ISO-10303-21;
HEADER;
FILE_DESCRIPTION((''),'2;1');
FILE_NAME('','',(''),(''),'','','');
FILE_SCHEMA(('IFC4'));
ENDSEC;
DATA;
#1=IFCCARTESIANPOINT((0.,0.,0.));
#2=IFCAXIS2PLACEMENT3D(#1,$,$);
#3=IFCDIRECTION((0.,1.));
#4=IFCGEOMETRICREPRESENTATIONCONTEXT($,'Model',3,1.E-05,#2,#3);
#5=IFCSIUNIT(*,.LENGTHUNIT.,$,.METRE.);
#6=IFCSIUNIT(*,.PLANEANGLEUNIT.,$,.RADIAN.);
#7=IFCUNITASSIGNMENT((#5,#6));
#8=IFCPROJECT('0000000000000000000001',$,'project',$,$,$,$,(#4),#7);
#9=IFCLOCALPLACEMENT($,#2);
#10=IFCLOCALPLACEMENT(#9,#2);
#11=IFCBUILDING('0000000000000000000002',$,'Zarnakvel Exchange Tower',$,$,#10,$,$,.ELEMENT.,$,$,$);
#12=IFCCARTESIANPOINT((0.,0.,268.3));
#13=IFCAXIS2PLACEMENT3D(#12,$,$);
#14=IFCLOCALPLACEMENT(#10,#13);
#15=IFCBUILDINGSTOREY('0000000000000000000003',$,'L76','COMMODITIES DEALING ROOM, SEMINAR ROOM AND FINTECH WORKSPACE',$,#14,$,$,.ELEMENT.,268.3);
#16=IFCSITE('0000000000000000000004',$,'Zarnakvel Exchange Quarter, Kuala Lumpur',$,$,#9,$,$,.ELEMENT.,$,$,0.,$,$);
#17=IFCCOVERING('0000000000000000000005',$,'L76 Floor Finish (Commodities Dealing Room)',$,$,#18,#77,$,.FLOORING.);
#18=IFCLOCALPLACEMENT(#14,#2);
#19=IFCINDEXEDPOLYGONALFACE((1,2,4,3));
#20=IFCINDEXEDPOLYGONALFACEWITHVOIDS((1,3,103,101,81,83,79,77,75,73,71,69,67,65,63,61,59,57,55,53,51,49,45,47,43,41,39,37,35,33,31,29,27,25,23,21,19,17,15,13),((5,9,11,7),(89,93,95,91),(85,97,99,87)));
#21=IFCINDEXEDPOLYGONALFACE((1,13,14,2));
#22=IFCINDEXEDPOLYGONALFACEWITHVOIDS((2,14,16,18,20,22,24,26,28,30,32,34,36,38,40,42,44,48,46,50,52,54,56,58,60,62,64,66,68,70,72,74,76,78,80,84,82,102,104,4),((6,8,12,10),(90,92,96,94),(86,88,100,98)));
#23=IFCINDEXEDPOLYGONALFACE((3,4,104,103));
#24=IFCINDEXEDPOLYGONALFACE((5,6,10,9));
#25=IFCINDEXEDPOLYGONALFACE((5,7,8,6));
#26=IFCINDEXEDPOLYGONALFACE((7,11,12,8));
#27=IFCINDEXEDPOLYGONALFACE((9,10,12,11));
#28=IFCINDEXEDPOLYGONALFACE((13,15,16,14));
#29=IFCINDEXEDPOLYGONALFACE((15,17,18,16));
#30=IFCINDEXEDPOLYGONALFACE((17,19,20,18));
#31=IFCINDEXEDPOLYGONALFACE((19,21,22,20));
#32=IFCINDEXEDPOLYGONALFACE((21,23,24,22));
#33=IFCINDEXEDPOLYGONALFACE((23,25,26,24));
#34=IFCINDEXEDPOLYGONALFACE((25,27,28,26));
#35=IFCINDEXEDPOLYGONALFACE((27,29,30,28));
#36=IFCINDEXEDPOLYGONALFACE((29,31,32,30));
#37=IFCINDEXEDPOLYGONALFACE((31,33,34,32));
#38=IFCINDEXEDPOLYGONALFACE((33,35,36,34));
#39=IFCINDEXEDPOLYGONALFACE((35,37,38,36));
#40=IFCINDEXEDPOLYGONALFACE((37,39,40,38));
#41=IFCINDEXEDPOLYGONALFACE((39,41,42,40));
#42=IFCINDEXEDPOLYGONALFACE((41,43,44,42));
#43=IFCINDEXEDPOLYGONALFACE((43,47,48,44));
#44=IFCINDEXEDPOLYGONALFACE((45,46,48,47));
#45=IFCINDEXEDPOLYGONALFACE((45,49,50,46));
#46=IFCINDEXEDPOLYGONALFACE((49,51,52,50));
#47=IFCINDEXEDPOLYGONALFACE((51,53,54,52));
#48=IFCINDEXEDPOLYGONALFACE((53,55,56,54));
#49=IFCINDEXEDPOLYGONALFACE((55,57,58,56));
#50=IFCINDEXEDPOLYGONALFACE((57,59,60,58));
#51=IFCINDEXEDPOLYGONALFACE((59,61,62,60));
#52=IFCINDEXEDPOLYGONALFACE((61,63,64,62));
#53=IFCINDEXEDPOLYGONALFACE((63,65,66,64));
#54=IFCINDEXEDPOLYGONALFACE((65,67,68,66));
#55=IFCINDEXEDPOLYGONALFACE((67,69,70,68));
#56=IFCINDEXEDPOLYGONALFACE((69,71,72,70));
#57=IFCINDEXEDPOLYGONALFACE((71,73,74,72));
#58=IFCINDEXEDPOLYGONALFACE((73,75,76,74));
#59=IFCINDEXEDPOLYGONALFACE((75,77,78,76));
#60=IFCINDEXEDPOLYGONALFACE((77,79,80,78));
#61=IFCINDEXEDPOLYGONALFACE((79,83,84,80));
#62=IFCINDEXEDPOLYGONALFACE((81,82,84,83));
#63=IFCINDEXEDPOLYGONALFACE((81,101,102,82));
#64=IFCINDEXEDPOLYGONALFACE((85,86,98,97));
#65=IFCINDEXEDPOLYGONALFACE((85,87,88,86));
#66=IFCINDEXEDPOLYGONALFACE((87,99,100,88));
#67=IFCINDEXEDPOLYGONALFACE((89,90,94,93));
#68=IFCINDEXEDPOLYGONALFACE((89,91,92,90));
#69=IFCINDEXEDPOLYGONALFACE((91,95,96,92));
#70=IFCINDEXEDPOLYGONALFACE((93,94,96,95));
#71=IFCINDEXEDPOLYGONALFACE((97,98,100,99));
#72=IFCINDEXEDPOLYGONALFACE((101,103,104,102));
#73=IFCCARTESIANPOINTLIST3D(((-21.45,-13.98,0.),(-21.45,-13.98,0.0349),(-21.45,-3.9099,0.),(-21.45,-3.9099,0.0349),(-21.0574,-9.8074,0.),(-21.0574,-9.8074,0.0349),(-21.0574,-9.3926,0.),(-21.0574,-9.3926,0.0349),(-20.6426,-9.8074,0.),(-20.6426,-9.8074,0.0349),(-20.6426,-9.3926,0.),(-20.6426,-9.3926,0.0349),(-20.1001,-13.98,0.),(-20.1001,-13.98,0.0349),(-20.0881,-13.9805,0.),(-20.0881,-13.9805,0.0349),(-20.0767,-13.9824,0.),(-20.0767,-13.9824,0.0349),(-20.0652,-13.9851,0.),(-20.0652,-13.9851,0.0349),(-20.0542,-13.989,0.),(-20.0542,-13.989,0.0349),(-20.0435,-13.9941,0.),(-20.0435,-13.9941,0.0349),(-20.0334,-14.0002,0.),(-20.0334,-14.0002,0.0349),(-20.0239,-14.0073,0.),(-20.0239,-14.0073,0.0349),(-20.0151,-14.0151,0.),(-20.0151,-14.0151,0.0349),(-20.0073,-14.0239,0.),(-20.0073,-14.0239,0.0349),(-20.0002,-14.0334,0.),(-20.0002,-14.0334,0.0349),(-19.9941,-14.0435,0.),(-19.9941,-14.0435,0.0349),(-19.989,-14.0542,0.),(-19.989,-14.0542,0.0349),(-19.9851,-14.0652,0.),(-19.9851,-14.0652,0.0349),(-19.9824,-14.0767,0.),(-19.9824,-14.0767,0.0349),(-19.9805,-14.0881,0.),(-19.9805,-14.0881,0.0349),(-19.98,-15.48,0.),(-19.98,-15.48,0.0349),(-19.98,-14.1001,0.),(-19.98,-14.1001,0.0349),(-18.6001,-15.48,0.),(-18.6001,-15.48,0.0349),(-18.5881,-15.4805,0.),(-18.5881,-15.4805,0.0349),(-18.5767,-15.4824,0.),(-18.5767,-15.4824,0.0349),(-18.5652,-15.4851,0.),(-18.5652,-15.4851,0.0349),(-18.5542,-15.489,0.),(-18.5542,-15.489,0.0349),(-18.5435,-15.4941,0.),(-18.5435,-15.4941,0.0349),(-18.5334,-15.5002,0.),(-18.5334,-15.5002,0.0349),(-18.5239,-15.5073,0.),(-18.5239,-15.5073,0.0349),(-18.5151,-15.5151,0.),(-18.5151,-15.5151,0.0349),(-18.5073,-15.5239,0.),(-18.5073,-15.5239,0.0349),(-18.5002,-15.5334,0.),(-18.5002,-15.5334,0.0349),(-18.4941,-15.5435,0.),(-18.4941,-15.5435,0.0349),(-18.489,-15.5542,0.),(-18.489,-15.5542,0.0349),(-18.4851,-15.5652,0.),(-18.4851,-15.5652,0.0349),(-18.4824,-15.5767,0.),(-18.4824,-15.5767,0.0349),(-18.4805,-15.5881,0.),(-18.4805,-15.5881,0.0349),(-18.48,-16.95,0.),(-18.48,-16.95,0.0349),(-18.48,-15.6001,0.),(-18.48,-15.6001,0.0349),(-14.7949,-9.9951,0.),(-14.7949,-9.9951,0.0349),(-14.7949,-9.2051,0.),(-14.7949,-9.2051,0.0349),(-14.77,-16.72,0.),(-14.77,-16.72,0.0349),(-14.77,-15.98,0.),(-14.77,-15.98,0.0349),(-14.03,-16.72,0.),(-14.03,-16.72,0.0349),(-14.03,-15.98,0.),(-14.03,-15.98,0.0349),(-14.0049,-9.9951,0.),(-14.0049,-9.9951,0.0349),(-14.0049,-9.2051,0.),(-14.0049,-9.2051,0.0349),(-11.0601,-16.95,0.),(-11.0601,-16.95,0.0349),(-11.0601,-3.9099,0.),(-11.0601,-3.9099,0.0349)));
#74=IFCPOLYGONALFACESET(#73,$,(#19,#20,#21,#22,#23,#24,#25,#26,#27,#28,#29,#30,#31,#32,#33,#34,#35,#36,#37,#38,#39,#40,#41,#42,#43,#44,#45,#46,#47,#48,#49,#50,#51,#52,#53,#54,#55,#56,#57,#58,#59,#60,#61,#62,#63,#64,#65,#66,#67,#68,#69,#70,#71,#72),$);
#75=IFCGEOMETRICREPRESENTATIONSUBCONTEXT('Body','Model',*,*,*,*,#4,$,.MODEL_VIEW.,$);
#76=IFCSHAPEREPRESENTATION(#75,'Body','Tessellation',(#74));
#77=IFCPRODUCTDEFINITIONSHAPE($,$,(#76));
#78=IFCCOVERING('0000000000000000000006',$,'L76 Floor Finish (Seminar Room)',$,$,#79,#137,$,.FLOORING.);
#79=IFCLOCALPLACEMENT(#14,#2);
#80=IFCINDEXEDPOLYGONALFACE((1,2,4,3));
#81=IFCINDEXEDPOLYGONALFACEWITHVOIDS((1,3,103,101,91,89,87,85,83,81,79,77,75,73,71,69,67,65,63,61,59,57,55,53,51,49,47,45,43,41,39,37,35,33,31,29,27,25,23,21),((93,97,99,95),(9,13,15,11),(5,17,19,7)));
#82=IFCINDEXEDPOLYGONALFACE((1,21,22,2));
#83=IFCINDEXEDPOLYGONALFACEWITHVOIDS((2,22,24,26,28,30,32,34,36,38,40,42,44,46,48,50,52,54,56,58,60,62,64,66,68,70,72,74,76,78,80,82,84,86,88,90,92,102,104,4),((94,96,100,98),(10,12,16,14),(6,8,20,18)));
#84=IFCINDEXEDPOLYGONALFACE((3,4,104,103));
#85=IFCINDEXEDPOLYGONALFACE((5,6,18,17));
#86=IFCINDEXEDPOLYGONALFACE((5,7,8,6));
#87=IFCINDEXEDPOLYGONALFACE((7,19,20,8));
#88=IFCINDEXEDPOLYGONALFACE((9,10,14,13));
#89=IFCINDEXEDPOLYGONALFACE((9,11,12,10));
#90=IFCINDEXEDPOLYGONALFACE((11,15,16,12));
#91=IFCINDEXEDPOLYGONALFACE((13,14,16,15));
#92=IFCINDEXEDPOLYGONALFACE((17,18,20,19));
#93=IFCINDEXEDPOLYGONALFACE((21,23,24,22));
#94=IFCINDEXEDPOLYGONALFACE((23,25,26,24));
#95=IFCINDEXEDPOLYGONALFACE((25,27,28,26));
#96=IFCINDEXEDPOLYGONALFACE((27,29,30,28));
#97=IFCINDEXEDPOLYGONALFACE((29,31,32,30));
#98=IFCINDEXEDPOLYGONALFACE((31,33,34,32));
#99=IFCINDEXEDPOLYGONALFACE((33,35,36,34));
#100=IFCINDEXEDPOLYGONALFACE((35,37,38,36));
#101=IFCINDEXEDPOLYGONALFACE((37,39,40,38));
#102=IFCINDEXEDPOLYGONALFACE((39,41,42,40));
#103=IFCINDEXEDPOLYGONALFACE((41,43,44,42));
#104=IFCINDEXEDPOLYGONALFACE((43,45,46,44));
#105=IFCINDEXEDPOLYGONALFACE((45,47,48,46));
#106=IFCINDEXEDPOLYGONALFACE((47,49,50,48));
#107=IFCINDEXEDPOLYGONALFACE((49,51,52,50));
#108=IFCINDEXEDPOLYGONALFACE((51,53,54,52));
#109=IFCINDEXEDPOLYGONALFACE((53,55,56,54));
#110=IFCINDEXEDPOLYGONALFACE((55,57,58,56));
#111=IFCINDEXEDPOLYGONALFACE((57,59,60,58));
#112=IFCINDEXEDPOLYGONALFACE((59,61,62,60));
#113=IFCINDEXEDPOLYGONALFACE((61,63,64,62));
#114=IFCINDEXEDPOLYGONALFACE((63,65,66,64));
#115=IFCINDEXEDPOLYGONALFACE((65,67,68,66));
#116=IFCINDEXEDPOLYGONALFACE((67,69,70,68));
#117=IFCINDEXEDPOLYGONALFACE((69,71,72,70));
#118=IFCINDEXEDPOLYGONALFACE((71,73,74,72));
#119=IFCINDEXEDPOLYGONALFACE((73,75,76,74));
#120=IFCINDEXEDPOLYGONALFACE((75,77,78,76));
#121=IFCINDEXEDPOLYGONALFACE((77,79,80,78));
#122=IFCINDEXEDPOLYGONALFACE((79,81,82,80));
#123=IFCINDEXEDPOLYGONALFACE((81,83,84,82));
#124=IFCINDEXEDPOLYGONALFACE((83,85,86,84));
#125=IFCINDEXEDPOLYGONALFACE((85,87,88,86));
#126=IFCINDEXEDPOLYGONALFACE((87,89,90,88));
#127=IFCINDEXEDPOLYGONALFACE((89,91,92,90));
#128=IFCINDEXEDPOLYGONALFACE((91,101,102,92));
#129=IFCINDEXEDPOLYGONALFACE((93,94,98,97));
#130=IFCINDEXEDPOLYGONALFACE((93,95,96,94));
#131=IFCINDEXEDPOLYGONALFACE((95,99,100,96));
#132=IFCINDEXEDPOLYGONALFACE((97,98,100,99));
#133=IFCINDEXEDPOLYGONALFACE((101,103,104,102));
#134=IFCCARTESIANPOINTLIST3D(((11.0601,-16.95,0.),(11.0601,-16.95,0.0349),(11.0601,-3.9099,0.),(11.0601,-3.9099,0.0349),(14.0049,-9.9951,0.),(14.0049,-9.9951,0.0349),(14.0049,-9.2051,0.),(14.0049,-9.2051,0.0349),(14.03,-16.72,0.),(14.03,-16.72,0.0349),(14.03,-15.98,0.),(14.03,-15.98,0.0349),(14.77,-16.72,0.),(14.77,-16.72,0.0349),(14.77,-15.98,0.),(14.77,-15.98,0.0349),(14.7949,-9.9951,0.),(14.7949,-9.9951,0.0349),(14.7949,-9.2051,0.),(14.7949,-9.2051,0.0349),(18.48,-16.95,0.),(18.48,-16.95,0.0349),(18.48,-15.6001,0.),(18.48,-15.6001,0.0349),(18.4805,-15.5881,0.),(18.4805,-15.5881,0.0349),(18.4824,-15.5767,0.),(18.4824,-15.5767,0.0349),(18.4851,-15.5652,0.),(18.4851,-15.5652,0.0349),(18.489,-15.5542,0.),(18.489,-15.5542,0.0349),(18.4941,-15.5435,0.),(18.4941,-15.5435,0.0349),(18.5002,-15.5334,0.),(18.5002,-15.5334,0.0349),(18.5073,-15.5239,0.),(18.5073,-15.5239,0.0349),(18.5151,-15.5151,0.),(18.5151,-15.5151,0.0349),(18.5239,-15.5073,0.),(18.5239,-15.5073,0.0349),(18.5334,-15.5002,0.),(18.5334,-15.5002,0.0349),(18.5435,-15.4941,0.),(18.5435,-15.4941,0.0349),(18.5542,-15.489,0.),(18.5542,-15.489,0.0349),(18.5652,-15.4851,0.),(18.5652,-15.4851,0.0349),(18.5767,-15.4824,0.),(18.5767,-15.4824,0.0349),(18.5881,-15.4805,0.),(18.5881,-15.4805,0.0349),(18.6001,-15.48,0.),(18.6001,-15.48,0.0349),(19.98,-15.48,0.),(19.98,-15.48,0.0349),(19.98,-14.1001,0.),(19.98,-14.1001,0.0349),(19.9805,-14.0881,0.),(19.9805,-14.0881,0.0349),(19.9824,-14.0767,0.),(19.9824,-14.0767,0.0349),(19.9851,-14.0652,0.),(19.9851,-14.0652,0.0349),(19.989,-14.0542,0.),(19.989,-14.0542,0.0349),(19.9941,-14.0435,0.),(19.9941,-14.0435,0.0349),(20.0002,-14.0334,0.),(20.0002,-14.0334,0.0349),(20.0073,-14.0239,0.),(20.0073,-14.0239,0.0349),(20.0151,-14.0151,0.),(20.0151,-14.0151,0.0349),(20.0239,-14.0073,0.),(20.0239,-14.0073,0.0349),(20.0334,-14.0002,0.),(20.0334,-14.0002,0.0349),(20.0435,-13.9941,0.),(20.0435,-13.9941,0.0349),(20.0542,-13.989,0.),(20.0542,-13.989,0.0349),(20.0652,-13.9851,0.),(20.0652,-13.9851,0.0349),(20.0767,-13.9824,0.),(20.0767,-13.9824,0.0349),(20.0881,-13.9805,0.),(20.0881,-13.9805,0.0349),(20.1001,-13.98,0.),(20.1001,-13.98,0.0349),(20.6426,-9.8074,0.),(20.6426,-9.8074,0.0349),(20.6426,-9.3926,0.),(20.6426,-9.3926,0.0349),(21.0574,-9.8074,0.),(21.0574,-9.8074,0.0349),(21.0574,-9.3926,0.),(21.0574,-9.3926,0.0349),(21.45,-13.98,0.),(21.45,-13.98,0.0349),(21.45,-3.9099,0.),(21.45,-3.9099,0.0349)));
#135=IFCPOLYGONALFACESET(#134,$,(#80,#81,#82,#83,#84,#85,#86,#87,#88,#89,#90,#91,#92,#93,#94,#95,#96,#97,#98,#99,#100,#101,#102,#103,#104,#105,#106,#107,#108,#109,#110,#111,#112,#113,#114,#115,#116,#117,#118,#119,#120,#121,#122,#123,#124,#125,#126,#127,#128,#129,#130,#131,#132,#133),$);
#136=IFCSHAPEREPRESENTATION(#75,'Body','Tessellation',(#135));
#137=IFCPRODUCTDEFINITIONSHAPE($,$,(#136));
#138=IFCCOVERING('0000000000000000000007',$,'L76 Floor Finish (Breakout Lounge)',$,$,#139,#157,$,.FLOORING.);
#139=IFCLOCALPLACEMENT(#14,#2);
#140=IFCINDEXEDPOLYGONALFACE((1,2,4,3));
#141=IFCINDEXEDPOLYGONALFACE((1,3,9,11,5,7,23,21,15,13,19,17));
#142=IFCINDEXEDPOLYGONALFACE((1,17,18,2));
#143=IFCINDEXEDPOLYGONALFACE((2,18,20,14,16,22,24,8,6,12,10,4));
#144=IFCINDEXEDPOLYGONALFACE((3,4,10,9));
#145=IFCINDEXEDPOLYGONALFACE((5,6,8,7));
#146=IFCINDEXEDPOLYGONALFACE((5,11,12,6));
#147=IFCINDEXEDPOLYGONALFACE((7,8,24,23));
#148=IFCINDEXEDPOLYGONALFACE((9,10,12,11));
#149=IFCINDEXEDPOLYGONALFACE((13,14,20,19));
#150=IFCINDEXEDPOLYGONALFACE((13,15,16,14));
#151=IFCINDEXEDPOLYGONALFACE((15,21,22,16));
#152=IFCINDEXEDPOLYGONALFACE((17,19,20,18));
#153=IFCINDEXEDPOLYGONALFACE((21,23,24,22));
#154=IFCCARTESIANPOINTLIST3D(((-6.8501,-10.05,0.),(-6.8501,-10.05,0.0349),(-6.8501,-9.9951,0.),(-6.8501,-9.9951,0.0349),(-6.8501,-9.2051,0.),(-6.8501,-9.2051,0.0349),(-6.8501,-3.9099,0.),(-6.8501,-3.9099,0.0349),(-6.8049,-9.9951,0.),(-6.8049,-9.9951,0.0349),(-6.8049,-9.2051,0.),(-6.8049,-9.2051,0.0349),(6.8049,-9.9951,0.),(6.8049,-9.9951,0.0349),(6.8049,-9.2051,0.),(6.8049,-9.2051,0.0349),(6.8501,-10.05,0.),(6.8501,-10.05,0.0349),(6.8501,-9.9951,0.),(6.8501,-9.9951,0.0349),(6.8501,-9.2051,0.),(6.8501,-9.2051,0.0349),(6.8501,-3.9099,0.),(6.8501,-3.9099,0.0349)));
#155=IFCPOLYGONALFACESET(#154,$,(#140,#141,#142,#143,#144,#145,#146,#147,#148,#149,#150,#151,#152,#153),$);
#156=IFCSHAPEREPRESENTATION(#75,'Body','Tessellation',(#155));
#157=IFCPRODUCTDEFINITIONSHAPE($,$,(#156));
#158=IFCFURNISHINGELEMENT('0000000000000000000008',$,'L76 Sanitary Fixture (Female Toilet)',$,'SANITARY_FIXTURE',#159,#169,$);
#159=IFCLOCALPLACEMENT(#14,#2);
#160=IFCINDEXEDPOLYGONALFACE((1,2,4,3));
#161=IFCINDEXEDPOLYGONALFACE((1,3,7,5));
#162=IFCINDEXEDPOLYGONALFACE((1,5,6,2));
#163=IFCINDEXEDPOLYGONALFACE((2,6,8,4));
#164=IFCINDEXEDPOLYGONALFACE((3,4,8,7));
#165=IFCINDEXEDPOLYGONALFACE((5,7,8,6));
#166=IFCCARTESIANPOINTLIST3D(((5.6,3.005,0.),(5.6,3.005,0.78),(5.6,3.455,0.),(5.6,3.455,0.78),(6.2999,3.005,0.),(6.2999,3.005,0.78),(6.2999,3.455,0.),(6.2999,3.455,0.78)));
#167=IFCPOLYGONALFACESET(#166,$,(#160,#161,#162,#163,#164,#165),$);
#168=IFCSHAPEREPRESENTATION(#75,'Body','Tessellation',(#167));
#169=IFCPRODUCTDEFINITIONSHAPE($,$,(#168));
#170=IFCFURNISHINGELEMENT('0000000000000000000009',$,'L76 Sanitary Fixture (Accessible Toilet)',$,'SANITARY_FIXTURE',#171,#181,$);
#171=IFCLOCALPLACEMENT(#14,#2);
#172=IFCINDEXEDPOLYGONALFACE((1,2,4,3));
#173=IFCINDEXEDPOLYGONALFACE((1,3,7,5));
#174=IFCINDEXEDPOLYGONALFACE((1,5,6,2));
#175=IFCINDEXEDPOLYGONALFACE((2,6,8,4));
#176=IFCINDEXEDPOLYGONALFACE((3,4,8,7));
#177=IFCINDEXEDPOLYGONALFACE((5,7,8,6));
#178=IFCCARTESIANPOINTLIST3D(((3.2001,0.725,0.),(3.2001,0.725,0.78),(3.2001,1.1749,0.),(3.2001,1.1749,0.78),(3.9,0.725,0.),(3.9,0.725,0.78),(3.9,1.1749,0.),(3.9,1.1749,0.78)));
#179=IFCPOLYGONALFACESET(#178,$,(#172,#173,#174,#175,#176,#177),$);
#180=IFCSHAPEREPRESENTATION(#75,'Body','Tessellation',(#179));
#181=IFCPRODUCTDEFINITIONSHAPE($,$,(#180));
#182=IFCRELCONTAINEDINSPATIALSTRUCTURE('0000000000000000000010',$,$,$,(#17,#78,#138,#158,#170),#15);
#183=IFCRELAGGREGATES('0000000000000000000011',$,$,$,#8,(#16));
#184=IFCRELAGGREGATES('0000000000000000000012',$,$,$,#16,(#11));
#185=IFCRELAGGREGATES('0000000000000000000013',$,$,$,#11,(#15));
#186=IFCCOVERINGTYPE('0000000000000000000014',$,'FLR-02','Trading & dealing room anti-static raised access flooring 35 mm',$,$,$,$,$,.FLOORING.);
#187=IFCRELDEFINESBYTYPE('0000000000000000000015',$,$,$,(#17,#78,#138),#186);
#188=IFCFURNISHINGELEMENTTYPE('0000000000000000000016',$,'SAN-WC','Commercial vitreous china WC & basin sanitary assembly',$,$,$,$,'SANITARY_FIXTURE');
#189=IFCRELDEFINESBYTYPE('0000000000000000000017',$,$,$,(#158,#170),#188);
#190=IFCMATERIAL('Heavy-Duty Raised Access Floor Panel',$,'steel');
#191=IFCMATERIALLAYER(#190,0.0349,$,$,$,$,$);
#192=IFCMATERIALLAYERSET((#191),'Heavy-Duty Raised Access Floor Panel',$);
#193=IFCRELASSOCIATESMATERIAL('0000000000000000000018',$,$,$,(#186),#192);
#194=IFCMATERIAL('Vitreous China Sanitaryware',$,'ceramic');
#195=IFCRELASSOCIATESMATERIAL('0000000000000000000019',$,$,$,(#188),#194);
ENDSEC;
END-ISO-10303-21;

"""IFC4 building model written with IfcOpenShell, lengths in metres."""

from ifc_helpers import new_model, si_unit, direction, frame, origin, origin_2d, place, context, subcontext, project, spatial, polyline, rectangle, outline, extrude, source, transform, mapped, material, layer, layer_set, type_object, element, save


model = new_model("IFC4")

# Units and contexts
model_context = context("Model", 3, precision=1e-05, world=origin(), true_north=direction((0.0, 1.0)))
body_context = subcontext(model_context, "Body", "Model", "MODEL_VIEW")
ifc_project = project(units=[si_unit("LENGTHUNIT", "METRE"), si_unit("PLANEANGLEUNIT", "RADIAN")], contexts=[model_context])

# Site, building, storey
site_placement = place(None, origin())
site = spatial("IfcSite", under=ifc_project, at=site_placement, Name="Zarnakvel Exchange Quarter, Kuala Lumpur", CompositionType="ELEMENT", RefElevation=0.0)
building_placement = place(site_placement, origin())
building = spatial("IfcBuilding", under=site, at=building_placement, Name="Zarnakvel Exchange Tower", CompositionType="ELEMENT")
storey_placement = place(building_placement, frame((0.0, 0.0, 268.3)))
storey = spatial("IfcBuildingStorey", under=building, at=storey_placement, Name="L76", Description="COMMODITIES DEALING ROOM, SEMINAR ROOM AND FINTECH WORKSPACE", CompositionType="ELEMENT", Elevation=268.3)

# Coverings
ifc_material_1 = material(Name="Heavy-Duty Raised Access Floor Panel", Category="steel")
ifc_layer_1 = layer(ifc_material_1, 0.0349)
ifc_layer_set_1 = layer_set([ifc_layer_1], Name="Heavy-Duty Raised Access Floor Panel")
covering_type_1 = type_object("IfcCoveringType", Name="FLR-02", Description="Trading & dealing room anti-static raised access flooring 35 mm", PredefinedType="FLOORING", material=ifc_layer_set_1)
covering_1_placement = place(storey_placement, origin())
element("IfcCovering", 1, at=covering_1_placement, inside=storey, type_object=covering_type_1, Name="L76 Floor Finish (Commodities Dealing Room)", PredefinedType="FLOORING", context=body_context, shape_type="SweptSolid", body=[
    extrude(outline(polyline([(-11.0601, -3.9099), (-11.0601, -16.95), (-18.48, -16.95), (-18.48, -15.6001), (-18.4805, -15.5881), (-18.4824, -15.5767), (-18.4851, -15.5652), (-18.489, -15.5542), (-18.4941, -15.5435), (-18.5002, -15.5334), (-18.5073, -15.5239), (-18.5151, -15.5151), (-18.5239, -15.5073), (-18.5334, -15.5002), (-18.5435, -15.4941), (-18.5542, -15.489), (-18.5652, -15.4851), (-18.5767, -15.4824), (-18.5881, -15.4805), (-18.6001, -15.48), (-19.98, -15.48), (-19.98, -14.1001), (-19.9805, -14.0881), (-19.9824, -14.0767), (-19.9851, -14.0652), (-19.989, -14.0542), (-19.9941, -14.0435), (-20.0002, -14.0334), (-20.0073, -14.0239), (-20.0151, -14.0151), (-20.0239, -14.0073), (-20.0334, -14.0002), (-20.0435, -13.9941), (-20.0542, -13.989), (-20.0652, -13.9851), (-20.0767, -13.9824), (-20.0881, -13.9805), (-20.1001, -13.98), (-21.45, -13.98), (-21.45, -3.9099), (-11.0601, -3.9099)]), holes=[polyline([(-14.0049, -9.9951), (-14.0049, -9.2051), (-14.7949, -9.2051), (-14.7949, -9.9951), (-14.0049, -9.9951)]), polyline([(-14.03, -15.98), (-14.77, -15.98), (-14.77, -16.72), (-14.03, -16.72), (-14.03, -15.98)]), polyline([(-20.6426, -9.8074), (-20.6426, -9.3926), (-21.0574, -9.3926), (-21.0574, -9.8074), (-20.6426, -9.8074)])]), origin(), (0.0, 0.0, 1.0), 0.0349),
])
covering_2_placement = place(storey_placement, origin())
element("IfcCovering", 2, at=covering_2_placement, inside=storey, type_object=covering_type_1, Name="L76 Floor Finish (Seminar Room)", PredefinedType="FLOORING", context=body_context, shape_type="SweptSolid", body=[
    extrude(outline(polyline([(11.0601, -3.9099), (21.45, -3.9099), (21.45, -13.98), (20.1001, -13.98), (20.0881, -13.9805), (20.0767, -13.9824), (20.0652, -13.9851), (20.0542, -13.989), (20.0435, -13.9941), (20.0334, -14.0002), (20.0239, -14.0073), (20.0151, -14.0151), (20.0073, -14.0239), (20.0002, -14.0334), (19.9941, -14.0435), (19.989, -14.0542), (19.9851, -14.0652), (19.9824, -14.0767), (19.9805, -14.0881), (19.98, -14.1001), (19.98, -15.48), (18.6001, -15.48), (18.5881, -15.4805), (18.5767, -15.4824), (18.5652, -15.4851), (18.5542, -15.489), (18.5435, -15.4941), (18.5334, -15.5002), (18.5239, -15.5073), (18.5151, -15.5151), (18.5073, -15.5239), (18.5002, -15.5334), (18.4941, -15.5435), (18.489, -15.5542), (18.4851, -15.5652), (18.4824, -15.5767), (18.4805, -15.5881), (18.48, -15.6001), (18.48, -16.95), (11.0601, -16.95), (11.0601, -3.9099)]), holes=[polyline([(21.0574, -9.8074), (21.0574, -9.3926), (20.6426, -9.3926), (20.6426, -9.8074), (21.0574, -9.8074)]), polyline([(14.7949, -9.9951), (14.7949, -9.2051), (14.0049, -9.2051), (14.0049, -9.9951), (14.7949, -9.9951)]), polyline([(14.77, -16.72), (14.77, -15.98), (14.03, -15.98), (14.03, -16.72), (14.77, -16.72)])]), origin(), (0.0, 0.0, 1.0), 0.0349),
])
covering_3_placement = place(storey_placement, origin())
element("IfcCovering", 3, at=covering_3_placement, inside=storey, type_object=covering_type_1, Name="L76 Floor Finish (Breakout Lounge)", PredefinedType="FLOORING", context=body_context, shape_type="SweptSolid", body=[
    extrude(outline(polyline([(-6.8501, -9.9951), (-6.8049, -9.9951), (-6.8049, -9.2051), (-6.8501, -9.2051), (-6.8501, -3.9099), (6.8501, -3.9099), (6.8501, -9.2051), (6.8049, -9.2051), (6.8049, -9.9951), (6.8501, -9.9951), (6.8501, -10.05), (-6.8501, -10.05), (-6.8501, -9.9951)])), origin(), (0.0, 0.0, 1.0), 0.0349),
])

# Furnishing elements
ifc_material_2 = material(Name="Vitreous China Sanitaryware", Category="ceramic")
furnishing_element_type = type_object("IfcFurnishingElementType", Name="SAN-WC", Description="Commercial vitreous china WC & basin sanitary assembly", ElementType="SANITARY_FIXTURE", material=ifc_material_2)
shared_shape_1 = source(origin(), body_context, "Body", "SweptSolid", [
    extrude(rectangle(XDim=0.7, YDim=0.45, at=origin_2d()), origin(), (0.0, 0.0, 1.0), 0.78),
])
for number, where, z_axis, x_axis, name in (
    (4, (5.95, 3.23, 0.0), (0.0, 0.0, 1.0), (1.0, 0.0, 0.0), "L76 Sanitary Fixture (Female Toilet)"),
    (5, (3.55, 0.95, 0.0), (0.0, 0.0, 1.0), (1.0, 0.0, 0.0), "L76 Sanitary Fixture (Accessible Toilet)"),
):
    element("IfcFurnishingElement", number, at=place(storey_placement, frame(where, z_axis=z_axis, x_axis=x_axis)), inside=storey, type_object=furnishing_element_type, Name=name, ObjectType="SANITARY_FIXTURE", context=body_context, shape_type="MappedRepresentation", body=[
        mapped(shared_shape_1, transform((0.0, 0.0, 0.0), x_axis=(1.0, 0.0, 0.0), y_axis=(0.0, 1.0, 0.0), z_axis=(0.0, 0.0, 1.0), scale=1.0)),
    ])

save(model, "model.ifc")
